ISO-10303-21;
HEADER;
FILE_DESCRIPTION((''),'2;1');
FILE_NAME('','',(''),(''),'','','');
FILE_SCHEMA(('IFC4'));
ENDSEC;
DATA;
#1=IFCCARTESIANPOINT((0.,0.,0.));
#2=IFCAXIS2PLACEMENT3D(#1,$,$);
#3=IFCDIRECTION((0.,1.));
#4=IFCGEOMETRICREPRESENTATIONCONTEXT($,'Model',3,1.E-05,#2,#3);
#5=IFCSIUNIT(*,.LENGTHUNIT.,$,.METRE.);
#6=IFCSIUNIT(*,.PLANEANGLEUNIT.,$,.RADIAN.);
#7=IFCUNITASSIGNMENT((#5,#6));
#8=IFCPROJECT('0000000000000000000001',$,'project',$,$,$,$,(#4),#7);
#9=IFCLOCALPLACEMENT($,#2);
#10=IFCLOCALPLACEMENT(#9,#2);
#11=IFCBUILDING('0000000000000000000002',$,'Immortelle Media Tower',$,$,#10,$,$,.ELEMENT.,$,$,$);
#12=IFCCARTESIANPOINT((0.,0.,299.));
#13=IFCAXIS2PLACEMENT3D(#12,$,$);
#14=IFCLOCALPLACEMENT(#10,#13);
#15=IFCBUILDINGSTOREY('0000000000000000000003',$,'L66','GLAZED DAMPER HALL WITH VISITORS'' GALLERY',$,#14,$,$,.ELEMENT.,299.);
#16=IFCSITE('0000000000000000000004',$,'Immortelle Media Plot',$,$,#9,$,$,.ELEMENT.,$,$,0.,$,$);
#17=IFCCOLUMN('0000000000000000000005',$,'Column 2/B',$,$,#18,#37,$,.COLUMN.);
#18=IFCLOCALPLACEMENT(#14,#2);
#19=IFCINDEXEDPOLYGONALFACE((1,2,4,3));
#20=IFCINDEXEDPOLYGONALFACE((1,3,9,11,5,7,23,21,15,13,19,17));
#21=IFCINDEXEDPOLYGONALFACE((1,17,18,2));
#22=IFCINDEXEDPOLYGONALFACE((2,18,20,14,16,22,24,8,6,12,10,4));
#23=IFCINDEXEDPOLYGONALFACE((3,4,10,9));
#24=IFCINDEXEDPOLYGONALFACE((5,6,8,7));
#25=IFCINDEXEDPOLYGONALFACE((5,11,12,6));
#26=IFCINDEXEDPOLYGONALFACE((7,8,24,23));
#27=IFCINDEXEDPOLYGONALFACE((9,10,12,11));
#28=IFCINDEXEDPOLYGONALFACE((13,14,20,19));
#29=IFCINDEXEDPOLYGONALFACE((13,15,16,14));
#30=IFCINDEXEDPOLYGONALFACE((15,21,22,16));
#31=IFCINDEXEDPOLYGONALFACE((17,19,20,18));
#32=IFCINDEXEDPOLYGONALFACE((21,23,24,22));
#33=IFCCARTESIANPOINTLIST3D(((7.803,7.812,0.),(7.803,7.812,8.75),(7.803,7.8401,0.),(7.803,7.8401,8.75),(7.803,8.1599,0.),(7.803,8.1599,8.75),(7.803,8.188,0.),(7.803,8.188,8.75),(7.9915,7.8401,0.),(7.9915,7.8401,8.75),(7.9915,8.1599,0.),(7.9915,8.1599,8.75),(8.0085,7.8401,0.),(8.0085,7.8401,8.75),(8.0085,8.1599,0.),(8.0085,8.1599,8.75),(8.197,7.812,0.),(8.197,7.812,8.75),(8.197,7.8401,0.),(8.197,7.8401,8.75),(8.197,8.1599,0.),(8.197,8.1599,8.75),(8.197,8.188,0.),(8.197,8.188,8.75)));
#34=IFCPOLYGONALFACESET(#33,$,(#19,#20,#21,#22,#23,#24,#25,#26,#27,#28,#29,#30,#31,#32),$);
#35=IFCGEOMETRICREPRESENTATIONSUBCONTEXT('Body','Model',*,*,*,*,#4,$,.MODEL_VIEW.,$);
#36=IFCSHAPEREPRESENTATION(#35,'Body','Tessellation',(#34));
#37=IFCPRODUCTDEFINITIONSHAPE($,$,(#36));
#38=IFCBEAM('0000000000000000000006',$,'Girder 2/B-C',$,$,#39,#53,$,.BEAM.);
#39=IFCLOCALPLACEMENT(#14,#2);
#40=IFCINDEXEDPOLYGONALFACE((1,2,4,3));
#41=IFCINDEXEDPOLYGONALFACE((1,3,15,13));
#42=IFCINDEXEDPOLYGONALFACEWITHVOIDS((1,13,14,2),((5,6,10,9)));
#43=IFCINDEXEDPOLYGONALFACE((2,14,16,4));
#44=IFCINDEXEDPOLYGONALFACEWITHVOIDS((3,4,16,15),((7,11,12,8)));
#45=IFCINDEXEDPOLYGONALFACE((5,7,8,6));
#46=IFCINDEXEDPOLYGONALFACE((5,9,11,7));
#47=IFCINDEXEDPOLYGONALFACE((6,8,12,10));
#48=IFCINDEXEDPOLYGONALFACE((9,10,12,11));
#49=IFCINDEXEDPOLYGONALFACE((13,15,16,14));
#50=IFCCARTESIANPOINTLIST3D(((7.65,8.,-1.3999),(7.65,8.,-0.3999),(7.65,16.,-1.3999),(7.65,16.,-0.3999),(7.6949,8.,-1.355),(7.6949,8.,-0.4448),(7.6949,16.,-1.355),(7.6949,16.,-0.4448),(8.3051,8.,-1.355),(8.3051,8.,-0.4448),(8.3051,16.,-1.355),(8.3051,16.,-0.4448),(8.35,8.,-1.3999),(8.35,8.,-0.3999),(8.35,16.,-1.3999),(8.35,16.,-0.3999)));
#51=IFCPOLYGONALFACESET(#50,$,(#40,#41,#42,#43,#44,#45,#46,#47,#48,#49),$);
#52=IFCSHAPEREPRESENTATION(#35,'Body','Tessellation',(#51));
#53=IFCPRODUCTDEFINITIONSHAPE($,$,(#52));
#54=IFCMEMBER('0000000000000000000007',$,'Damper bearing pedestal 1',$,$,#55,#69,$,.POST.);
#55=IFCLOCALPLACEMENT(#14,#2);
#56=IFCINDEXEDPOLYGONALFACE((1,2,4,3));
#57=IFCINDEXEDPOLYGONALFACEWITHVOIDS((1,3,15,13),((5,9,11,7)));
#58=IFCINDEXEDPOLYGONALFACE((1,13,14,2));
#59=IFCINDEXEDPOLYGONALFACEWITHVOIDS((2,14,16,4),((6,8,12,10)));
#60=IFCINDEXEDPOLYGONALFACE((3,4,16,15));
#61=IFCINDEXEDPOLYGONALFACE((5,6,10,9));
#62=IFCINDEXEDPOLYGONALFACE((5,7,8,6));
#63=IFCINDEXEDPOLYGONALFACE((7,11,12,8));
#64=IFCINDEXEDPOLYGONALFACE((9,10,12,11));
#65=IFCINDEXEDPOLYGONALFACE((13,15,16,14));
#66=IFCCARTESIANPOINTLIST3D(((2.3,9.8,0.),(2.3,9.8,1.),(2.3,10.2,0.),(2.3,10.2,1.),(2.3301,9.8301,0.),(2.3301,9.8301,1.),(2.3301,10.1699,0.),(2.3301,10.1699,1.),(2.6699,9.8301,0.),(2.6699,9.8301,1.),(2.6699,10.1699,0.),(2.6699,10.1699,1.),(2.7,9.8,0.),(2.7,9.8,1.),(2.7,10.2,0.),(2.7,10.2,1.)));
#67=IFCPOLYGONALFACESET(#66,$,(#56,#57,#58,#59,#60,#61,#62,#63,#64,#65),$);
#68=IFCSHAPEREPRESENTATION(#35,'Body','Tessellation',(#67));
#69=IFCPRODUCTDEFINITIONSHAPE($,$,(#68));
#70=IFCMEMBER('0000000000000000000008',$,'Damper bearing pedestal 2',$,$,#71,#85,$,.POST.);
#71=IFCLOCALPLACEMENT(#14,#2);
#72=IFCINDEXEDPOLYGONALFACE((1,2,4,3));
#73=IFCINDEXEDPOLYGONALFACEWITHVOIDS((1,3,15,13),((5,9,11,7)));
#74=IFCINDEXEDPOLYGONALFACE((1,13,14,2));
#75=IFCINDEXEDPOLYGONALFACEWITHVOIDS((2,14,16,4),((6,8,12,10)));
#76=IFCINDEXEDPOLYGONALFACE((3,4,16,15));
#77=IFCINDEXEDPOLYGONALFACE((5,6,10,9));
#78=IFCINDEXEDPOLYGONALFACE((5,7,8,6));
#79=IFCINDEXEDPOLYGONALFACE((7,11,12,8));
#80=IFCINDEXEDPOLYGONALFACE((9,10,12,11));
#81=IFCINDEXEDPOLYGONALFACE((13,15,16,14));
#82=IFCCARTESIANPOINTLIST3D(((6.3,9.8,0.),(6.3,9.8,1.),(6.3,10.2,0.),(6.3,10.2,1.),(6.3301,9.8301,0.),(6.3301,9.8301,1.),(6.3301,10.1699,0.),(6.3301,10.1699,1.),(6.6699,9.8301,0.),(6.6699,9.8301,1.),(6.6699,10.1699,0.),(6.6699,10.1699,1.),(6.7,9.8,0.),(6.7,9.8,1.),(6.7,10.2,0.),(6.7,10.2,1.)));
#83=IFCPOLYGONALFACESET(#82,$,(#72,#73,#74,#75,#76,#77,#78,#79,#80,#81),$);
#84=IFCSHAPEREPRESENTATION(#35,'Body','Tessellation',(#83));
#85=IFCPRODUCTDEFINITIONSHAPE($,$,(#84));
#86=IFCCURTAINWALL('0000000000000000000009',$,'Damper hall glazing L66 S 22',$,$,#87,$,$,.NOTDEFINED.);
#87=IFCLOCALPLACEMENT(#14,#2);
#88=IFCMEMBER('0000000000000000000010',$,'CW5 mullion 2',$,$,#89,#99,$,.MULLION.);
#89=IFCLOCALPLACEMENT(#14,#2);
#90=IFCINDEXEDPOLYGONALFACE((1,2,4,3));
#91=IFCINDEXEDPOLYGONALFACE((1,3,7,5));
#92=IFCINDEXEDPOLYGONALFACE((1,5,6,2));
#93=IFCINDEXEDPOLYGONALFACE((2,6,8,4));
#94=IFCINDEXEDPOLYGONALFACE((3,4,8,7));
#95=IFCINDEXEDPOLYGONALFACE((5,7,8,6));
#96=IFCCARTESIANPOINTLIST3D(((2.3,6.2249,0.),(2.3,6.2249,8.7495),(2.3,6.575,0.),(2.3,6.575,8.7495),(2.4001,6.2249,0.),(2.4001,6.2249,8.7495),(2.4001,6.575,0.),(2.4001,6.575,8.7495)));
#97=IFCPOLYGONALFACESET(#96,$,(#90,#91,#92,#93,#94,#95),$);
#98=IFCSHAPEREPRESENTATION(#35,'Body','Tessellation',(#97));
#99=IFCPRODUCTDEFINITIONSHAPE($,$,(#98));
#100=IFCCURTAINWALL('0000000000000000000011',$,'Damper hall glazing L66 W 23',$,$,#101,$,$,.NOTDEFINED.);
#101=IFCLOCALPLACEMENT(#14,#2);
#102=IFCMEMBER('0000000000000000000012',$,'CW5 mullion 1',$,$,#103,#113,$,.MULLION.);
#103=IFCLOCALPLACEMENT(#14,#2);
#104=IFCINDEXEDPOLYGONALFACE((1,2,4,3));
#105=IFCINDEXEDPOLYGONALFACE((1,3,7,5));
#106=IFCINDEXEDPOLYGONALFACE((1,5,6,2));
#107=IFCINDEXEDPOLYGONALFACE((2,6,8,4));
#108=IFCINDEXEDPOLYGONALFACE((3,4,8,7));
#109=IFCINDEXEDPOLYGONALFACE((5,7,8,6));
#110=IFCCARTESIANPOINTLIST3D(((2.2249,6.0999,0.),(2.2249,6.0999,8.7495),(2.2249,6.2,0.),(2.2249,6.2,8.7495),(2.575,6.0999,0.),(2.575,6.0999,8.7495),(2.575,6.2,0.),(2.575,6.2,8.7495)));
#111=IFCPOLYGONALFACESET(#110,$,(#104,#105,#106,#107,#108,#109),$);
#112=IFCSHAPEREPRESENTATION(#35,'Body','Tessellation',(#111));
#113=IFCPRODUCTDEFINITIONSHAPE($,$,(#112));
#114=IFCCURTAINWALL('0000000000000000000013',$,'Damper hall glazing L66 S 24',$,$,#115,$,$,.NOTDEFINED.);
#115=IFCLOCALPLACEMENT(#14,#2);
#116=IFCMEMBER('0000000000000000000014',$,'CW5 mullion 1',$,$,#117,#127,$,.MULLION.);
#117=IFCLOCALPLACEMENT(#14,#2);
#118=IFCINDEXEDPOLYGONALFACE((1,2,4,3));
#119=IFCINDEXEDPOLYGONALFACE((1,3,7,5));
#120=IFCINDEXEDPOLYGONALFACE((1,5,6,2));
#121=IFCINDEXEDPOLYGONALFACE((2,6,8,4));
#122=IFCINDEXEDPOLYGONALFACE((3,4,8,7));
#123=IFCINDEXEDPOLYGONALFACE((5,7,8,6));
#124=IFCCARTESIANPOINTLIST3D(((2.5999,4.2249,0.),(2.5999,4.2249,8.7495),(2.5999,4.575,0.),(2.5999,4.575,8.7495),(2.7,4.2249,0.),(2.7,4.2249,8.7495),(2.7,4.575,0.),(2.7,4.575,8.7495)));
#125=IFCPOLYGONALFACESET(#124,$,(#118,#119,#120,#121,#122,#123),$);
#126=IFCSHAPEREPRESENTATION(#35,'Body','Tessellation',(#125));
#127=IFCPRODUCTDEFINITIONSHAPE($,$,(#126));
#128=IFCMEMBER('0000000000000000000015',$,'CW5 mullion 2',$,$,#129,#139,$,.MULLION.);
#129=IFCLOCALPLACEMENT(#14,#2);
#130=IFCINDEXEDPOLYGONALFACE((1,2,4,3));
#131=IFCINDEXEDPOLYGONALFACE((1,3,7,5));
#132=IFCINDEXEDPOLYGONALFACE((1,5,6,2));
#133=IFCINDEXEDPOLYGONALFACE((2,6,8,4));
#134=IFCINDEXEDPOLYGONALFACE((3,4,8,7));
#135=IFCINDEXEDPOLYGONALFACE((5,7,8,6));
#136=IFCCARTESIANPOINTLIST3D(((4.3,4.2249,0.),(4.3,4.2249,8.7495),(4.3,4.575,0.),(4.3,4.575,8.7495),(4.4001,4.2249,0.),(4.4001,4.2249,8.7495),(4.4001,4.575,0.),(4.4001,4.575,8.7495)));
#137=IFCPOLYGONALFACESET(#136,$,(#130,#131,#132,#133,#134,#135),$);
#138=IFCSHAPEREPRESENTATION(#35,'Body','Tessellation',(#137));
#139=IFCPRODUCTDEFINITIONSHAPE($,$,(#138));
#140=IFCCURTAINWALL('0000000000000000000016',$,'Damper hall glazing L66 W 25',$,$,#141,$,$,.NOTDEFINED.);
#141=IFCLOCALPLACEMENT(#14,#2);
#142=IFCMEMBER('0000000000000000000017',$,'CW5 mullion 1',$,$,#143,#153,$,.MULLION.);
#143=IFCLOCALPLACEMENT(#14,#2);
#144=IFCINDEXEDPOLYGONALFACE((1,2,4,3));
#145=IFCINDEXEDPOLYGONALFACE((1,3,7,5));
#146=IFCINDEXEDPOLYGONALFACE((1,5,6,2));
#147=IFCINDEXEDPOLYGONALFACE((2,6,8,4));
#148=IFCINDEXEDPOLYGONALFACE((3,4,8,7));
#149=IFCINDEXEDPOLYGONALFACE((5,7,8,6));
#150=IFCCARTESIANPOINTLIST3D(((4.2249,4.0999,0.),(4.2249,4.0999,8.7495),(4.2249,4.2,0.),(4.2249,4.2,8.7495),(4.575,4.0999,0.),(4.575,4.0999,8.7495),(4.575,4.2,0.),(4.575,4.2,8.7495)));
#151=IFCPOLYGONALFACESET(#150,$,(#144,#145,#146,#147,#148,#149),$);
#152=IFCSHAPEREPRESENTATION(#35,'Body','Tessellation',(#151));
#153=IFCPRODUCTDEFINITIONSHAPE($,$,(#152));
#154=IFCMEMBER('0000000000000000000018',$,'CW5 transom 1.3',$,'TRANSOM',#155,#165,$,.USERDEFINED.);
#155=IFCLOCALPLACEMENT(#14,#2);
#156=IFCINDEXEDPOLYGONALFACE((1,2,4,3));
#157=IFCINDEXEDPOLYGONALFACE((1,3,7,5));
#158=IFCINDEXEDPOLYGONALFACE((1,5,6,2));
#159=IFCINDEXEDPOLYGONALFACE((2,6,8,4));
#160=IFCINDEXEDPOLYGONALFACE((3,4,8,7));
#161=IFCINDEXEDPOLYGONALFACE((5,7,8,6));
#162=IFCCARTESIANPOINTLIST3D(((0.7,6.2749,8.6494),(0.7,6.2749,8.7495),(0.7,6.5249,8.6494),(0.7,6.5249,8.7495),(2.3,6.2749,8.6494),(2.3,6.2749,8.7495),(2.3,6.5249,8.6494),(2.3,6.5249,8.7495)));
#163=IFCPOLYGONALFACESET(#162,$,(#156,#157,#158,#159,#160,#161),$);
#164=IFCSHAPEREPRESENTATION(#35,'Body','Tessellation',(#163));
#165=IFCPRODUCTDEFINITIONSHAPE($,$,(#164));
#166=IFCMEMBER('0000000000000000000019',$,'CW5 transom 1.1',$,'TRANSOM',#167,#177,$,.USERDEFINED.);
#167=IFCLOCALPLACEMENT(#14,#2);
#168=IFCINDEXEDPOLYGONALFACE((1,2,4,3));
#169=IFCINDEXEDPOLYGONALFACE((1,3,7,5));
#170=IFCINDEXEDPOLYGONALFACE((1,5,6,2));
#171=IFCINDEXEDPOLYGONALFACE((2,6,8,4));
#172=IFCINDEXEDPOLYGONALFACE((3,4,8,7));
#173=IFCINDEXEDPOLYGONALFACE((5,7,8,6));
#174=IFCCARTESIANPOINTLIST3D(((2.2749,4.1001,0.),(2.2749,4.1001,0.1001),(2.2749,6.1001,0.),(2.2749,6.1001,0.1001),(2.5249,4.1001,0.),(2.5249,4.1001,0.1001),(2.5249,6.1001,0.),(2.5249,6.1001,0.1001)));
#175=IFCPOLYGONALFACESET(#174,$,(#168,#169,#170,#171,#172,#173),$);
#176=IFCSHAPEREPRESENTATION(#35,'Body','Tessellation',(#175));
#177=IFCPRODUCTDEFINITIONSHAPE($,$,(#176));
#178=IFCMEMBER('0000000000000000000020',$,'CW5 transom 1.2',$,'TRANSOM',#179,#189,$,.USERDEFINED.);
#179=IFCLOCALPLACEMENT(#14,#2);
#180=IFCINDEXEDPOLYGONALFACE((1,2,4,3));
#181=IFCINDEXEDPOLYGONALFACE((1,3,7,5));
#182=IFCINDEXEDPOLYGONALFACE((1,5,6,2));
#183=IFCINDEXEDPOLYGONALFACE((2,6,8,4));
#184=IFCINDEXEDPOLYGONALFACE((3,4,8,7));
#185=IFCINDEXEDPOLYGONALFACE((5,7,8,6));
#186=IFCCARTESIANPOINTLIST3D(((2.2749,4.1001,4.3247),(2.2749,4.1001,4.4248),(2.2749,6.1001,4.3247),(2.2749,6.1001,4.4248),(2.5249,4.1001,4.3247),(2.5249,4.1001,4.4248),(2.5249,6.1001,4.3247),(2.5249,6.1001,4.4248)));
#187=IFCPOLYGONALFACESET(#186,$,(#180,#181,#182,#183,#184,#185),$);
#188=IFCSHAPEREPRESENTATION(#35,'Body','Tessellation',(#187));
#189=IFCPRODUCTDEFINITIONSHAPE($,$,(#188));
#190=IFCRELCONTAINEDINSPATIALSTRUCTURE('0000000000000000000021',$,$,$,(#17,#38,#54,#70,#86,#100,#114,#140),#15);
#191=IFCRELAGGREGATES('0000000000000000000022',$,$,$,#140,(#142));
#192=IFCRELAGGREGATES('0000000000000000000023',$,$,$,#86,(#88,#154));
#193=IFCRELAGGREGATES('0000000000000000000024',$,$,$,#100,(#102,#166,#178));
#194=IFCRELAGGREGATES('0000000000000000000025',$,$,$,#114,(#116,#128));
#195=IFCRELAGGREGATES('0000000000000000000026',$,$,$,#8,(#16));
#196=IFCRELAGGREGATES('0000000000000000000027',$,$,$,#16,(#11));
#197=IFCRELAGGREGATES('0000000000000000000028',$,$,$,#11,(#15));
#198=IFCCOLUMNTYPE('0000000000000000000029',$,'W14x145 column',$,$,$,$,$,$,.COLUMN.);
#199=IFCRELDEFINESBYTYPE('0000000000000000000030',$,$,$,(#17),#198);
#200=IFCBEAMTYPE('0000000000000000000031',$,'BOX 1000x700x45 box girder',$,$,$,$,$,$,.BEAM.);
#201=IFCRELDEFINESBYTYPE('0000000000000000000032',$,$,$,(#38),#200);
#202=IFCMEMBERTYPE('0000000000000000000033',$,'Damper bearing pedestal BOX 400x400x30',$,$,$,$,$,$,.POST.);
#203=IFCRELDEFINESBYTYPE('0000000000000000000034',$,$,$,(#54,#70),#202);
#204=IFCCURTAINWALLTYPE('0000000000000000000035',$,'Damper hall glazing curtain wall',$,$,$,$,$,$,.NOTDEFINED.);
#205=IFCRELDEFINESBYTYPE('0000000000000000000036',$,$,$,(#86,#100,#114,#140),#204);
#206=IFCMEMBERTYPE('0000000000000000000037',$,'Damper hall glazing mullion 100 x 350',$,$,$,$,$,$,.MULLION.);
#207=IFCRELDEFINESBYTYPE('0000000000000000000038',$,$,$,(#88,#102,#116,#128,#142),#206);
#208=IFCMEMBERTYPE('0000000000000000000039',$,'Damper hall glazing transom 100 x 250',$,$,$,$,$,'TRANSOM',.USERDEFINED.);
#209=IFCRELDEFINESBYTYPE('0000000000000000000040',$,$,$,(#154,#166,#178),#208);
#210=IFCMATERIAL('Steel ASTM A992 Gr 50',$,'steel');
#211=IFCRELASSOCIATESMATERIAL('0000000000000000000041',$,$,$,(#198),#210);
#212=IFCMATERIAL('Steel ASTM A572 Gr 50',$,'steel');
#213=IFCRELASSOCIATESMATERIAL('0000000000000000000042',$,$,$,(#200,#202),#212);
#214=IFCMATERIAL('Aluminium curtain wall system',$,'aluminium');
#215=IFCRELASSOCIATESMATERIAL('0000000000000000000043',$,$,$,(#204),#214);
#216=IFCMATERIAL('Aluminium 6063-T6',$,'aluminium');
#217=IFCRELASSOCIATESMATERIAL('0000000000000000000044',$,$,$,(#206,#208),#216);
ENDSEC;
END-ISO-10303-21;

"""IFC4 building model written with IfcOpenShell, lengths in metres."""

from ifc_helpers import new_model, si_unit, direction, frame, origin, origin_2d, place, context, subcontext, project, spatial, rectangle, hollow_rectangle, i_section, extrude, material, material_profile, profile_set, type_object, element, aggregate, save


model = new_model("IFC4")

# Units and contexts
model_context = context("Model", 3, precision=1e-05, world=origin(), true_north=direction((0.0, 1.0)))
body_context = subcontext(model_context, "Body", "Model", "MODEL_VIEW")
ifc_project = project(units=[si_unit("LENGTHUNIT", "METRE"), si_unit("PLANEANGLEUNIT", "RADIAN")], contexts=[model_context])

# Site, building, storey
site_placement = place(None, origin())
site = spatial("IfcSite", under=ifc_project, at=site_placement, Name="Immortelle Media Plot", CompositionType="ELEMENT", RefElevation=0.0)
building_placement = place(site_placement, origin())
building = spatial("IfcBuilding", under=site, at=building_placement, Name="Immortelle Media Tower", CompositionType="ELEMENT")
storey_placement = place(building_placement, frame((0.0, 0.0, 299.0)))
storey = spatial("IfcBuildingStorey", under=building, at=storey_placement, Name="L66", Description="GLAZED DAMPER HALL WITH VISITORS' GALLERY", CompositionType="ELEMENT", Elevation=299.0)

# Column
ifc_material_1 = material(Name="Steel ASTM A992 Gr 50", Category="steel")
ifc_material_profile_1 = material_profile(ifc_material_1, i_section(OverallWidth=0.394, OverallDepth=0.376, WebThickness=0.0171, FlangeThickness=0.0281, at=origin_2d()), Name="W14x145")
ifc_profile_set_1 = profile_set([ifc_material_profile_1], Name="Steel ASTM A992 Gr 50")
column_type = type_object("IfcColumnType", Name="W14x145 column", PredefinedType="COLUMN", material=ifc_profile_set_1)
column_placement = place(storey_placement, frame((8.0, 8.0, 0.0), z_axis=(0.0, 0.0, 1.0), x_axis=(1.0, 0.0, 0.0)))
element("IfcColumn", 1, at=column_placement, inside=storey, type_object=column_type, Name="Column 2/B", PredefinedType="COLUMN", context=body_context, shape_type="SweptSolid", body=[
    extrude(i_section(OverallWidth=0.394, OverallDepth=0.376, WebThickness=0.0171, FlangeThickness=0.0281, at=origin_2d()), origin(), (0.0, 0.0, 1.0), 8.75),
])

# Beam
ifc_material_2 = material(Name="Steel ASTM A572 Gr 50", Category="steel")
ifc_material_profile_2 = material_profile(ifc_material_2, hollow_rectangle(XDim=0.7, YDim=1.0, WallThickness=0.0449, at=origin_2d()), Name="BOX 1000x700x45 box girder")
ifc_profile_set_2 = profile_set([ifc_material_profile_2], Name="Steel ASTM A572 Gr 50")
beam_type_1 = type_object("IfcBeamType", Name="BOX 1000x700x45 box girder", PredefinedType="BEAM", material=ifc_profile_set_2)
beam_1_placement = place(storey_placement, frame((8.0, 8.0, -0.8999), z_axis=(0.0, 1.0, 0.0), x_axis=(-1.0, 0.0, 0.0)))
element("IfcBeam", 2, at=beam_1_placement, inside=storey, type_object=beam_type_1, Name="Girder 2/B-C", PredefinedType="BEAM", context=body_context, shape_type="SweptSolid", body=[
    extrude(hollow_rectangle(XDim=0.7, YDim=1.0, WallThickness=0.0449, at=origin_2d()), origin(), (0.0, 0.0, 1.0), 8.0),
])

# Members
ifc_material_profile_3 = material_profile(ifc_material_2, hollow_rectangle(XDim=0.3999, YDim=0.3999, WallThickness=0.03, at=origin_2d()), Name="BOX 400x400x30")
ifc_profile_set_3 = profile_set([ifc_material_profile_3], Name="Steel ASTM A572 Gr 50")
member_type_1 = type_object("IfcMemberType", Name="Damper bearing pedestal BOX 400x400x30", PredefinedType="POST", material=ifc_profile_set_3)
for number, where, z_axis, x_axis, name in (
    (3, (2.5, 10.0, 0.0), (0.0, 0.0, 1.0), (1.0, 0.0, 0.0), "Damper bearing pedestal 1"),
    (4, (6.5, 10.0, 0.0), (0.0, 0.0, 1.0), (1.0, 0.0, 0.0), "Damper bearing pedestal 2"),
):
    element("IfcMember", number, at=place(storey_placement, frame(where, z_axis=z_axis, x_axis=x_axis)), inside=storey, type_object=member_type_1, Name=name, PredefinedType="POST", context=body_context, shape_type="SweptSolid", body=[
        extrude(hollow_rectangle(XDim=0.3999, YDim=0.3999, WallThickness=0.03, at=origin_2d()), origin(), (0.0, 0.0, 1.0), 1.0),
    ])

# Curtain walls, members
ifc_material_3 = material(Name="Aluminium curtain wall system", Category="aluminium")
curtain_wall_type = type_object("IfcCurtainWallType", Name="Damper hall glazing curtain wall", PredefinedType="NOTDEFINED", material=ifc_material_3)
curtain_wall_1_placement = place(storey_placement, origin())
curtain_wall_1 = element("IfcCurtainWall", 5, at=curtain_wall_1_placement, inside=storey, type_object=curtain_wall_type, Name="Damper hall glazing L66 S 22", PredefinedType="NOTDEFINED")
ifc_material_4 = material(Name="Aluminium 6063-T6", Category="aluminium")
ifc_material_profile_4 = material_profile(ifc_material_4, rectangle(XDim=0.3501, YDim=0.1001, at=origin_2d()), Name="AL 100x350")
ifc_profile_set_4 = profile_set([ifc_material_profile_4], Name="Aluminium 6063-T6")
member_type_2 = type_object("IfcMemberType", Name="Damper hall glazing mullion 100 x 350", PredefinedType="MULLION", material=ifc_profile_set_4)
member_1_placement = place(storey_placement, frame((2.3501, 6.3999, 0.0), z_axis=(0.0, 0.0, 1.0), x_axis=(0.0, 1.0, 0.0)))
member_1 = element("IfcMember", 6, at=member_1_placement, type_object=member_type_2, Name="CW5 mullion 2", PredefinedType="MULLION", context=body_context, shape_type="SweptSolid", body=[
    extrude(rectangle(XDim=0.3501, YDim=0.1001, at=origin_2d()), origin(), (0.0, 0.0, 1.0), 8.7495),
])
curtain_wall_2_placement = place(storey_placement, origin())
curtain_wall_2 = element("IfcCurtainWall", 7, at=curtain_wall_2_placement, inside=storey, type_object=curtain_wall_type, Name="Damper hall glazing L66 W 23", PredefinedType="NOTDEFINED")
member_2_placement = place(storey_placement, frame((2.3999, 6.1499, 0.0), z_axis=(0.0, 0.0, 1.0), x_axis=(1.0, 0.0, 0.0)))
member_2 = element("IfcMember", 8, at=member_2_placement, type_object=member_type_2, Name="CW5 mullion 1", PredefinedType="MULLION", context=body_context, shape_type="SweptSolid", body=[
    extrude(rectangle(XDim=0.3501, YDim=0.1001, at=origin_2d()), origin(), (0.0, 0.0, 1.0), 8.7495),
])

# Curtain wall, members
curtain_wall_3_placement = place(storey_placement, origin())
curtain_wall_3 = element("IfcCurtainWall", 9, at=curtain_wall_3_placement, inside=storey, type_object=curtain_wall_type, Name="Damper hall glazing L66 S 24", PredefinedType="NOTDEFINED")
member_3_placement = place(storey_placement, frame((2.6499, 4.3999, 0.0), z_axis=(0.0, 0.0, 1.0), x_axis=(0.0, 1.0, 0.0)))
member_3 = element("IfcMember", 10, at=member_3_placement, type_object=member_type_2, Name="CW5 mullion 1", PredefinedType="MULLION", context=body_context, shape_type="SweptSolid", body=[
    extrude(rectangle(XDim=0.3501, YDim=0.1001, at=origin_2d()), origin(), (0.0, 0.0, 1.0), 8.7495),
])
member_4_placement = place(storey_placement, frame((4.3501, 4.3999, 0.0), z_axis=(0.0, 0.0, 1.0), x_axis=(0.0, 1.0, 0.0)))
member_4 = element("IfcMember", 11, at=member_4_placement, type_object=member_type_2, Name="CW5 mullion 2", PredefinedType="MULLION", context=body_context, shape_type="SweptSolid", body=[
    extrude(rectangle(XDim=0.3501, YDim=0.1001, at=origin_2d()), origin(), (0.0, 0.0, 1.0), 8.7495),
])

# Curtain wall, member
curtain_wall_4_placement = place(storey_placement, origin())
curtain_wall_4 = element("IfcCurtainWall", 12, at=curtain_wall_4_placement, inside=storey, type_object=curtain_wall_type, Name="Damper hall glazing L66 W 25", PredefinedType="NOTDEFINED")
member_5_placement = place(storey_placement, frame((4.3999, 4.1499, 0.0), z_axis=(0.0, 0.0, 1.0), x_axis=(1.0, 0.0, 0.0)))
member_5 = element("IfcMember", 13, at=member_5_placement, type_object=member_type_2, Name="CW5 mullion 1", PredefinedType="MULLION", context=body_context, shape_type="SweptSolid", body=[
    extrude(rectangle(XDim=0.3501, YDim=0.1001, at=origin_2d()), origin(), (0.0, 0.0, 1.0), 8.7495),
])
aggregate(curtain_wall_4, [member_5])

# Members
ifc_material_profile_5 = material_profile(ifc_material_4, rectangle(XDim=0.25, YDim=0.1001, at=origin_2d()), Name="AL 100x250")
ifc_profile_set_5 = profile_set([ifc_material_profile_5], Name="Aluminium 6063-T6")
member_type_3 = type_object("IfcMemberType", Name="Damper hall glazing transom 100 x 250", ElementType="TRANSOM", PredefinedType="USERDEFINED", material=ifc_profile_set_5)
member_6_placement = place(storey_placement, frame((0.7, 6.3999, 8.6995), z_axis=(1.0, 0.0, 0.0), x_axis=(0.0, 1.0, 0.0)))
member_6 = element("IfcMember", 14, at=member_6_placement, type_object=member_type_3, Name="CW5 transom 1.3", ObjectType="TRANSOM", PredefinedType="USERDEFINED", context=body_context, shape_type="SweptSolid", body=[
    extrude(rectangle(XDim=0.25, YDim=0.1001, at=origin_2d()), origin(), (0.0, 0.0, 1.0), 1.6001),
])
member_7_placement = place(storey_placement, frame((2.3999, 6.1001, 0.05), z_axis=(0.0, -1.0, 0.0), x_axis=(1.0, 0.0, 0.0)))
member_7 = element("IfcMember", 15, at=member_7_placement, type_object=member_type_3, Name="CW5 transom 1.1", ObjectType="TRANSOM", PredefinedType="USERDEFINED", context=body_context, shape_type="SweptSolid", body=[
    extrude(rectangle(XDim=0.25, YDim=0.1001, at=origin_2d()), origin(), (0.0, 0.0, 1.0), 2.0),
])
member_8_placement = place(storey_placement, frame((2.3999, 6.1001, 4.3748), z_axis=(0.0, -1.0, 0.0), x_axis=(1.0, 0.0, 0.0)))
member_8 = element("IfcMember", 16, at=member_8_placement, type_object=member_type_3, Name="CW5 transom 1.2", ObjectType="TRANSOM", PredefinedType="USERDEFINED", context=body_context, shape_type="SweptSolid", body=[
    extrude(rectangle(XDim=0.25, YDim=0.1001, at=origin_2d()), origin(), (0.0, 0.0, 1.0), 2.0),
])

aggregate(curtain_wall_1, [member_1, member_6])
aggregate(curtain_wall_2, [member_2, member_7, member_8])
aggregate(curtain_wall_3, [member_3, member_4])

save(model, "model.ifc")
